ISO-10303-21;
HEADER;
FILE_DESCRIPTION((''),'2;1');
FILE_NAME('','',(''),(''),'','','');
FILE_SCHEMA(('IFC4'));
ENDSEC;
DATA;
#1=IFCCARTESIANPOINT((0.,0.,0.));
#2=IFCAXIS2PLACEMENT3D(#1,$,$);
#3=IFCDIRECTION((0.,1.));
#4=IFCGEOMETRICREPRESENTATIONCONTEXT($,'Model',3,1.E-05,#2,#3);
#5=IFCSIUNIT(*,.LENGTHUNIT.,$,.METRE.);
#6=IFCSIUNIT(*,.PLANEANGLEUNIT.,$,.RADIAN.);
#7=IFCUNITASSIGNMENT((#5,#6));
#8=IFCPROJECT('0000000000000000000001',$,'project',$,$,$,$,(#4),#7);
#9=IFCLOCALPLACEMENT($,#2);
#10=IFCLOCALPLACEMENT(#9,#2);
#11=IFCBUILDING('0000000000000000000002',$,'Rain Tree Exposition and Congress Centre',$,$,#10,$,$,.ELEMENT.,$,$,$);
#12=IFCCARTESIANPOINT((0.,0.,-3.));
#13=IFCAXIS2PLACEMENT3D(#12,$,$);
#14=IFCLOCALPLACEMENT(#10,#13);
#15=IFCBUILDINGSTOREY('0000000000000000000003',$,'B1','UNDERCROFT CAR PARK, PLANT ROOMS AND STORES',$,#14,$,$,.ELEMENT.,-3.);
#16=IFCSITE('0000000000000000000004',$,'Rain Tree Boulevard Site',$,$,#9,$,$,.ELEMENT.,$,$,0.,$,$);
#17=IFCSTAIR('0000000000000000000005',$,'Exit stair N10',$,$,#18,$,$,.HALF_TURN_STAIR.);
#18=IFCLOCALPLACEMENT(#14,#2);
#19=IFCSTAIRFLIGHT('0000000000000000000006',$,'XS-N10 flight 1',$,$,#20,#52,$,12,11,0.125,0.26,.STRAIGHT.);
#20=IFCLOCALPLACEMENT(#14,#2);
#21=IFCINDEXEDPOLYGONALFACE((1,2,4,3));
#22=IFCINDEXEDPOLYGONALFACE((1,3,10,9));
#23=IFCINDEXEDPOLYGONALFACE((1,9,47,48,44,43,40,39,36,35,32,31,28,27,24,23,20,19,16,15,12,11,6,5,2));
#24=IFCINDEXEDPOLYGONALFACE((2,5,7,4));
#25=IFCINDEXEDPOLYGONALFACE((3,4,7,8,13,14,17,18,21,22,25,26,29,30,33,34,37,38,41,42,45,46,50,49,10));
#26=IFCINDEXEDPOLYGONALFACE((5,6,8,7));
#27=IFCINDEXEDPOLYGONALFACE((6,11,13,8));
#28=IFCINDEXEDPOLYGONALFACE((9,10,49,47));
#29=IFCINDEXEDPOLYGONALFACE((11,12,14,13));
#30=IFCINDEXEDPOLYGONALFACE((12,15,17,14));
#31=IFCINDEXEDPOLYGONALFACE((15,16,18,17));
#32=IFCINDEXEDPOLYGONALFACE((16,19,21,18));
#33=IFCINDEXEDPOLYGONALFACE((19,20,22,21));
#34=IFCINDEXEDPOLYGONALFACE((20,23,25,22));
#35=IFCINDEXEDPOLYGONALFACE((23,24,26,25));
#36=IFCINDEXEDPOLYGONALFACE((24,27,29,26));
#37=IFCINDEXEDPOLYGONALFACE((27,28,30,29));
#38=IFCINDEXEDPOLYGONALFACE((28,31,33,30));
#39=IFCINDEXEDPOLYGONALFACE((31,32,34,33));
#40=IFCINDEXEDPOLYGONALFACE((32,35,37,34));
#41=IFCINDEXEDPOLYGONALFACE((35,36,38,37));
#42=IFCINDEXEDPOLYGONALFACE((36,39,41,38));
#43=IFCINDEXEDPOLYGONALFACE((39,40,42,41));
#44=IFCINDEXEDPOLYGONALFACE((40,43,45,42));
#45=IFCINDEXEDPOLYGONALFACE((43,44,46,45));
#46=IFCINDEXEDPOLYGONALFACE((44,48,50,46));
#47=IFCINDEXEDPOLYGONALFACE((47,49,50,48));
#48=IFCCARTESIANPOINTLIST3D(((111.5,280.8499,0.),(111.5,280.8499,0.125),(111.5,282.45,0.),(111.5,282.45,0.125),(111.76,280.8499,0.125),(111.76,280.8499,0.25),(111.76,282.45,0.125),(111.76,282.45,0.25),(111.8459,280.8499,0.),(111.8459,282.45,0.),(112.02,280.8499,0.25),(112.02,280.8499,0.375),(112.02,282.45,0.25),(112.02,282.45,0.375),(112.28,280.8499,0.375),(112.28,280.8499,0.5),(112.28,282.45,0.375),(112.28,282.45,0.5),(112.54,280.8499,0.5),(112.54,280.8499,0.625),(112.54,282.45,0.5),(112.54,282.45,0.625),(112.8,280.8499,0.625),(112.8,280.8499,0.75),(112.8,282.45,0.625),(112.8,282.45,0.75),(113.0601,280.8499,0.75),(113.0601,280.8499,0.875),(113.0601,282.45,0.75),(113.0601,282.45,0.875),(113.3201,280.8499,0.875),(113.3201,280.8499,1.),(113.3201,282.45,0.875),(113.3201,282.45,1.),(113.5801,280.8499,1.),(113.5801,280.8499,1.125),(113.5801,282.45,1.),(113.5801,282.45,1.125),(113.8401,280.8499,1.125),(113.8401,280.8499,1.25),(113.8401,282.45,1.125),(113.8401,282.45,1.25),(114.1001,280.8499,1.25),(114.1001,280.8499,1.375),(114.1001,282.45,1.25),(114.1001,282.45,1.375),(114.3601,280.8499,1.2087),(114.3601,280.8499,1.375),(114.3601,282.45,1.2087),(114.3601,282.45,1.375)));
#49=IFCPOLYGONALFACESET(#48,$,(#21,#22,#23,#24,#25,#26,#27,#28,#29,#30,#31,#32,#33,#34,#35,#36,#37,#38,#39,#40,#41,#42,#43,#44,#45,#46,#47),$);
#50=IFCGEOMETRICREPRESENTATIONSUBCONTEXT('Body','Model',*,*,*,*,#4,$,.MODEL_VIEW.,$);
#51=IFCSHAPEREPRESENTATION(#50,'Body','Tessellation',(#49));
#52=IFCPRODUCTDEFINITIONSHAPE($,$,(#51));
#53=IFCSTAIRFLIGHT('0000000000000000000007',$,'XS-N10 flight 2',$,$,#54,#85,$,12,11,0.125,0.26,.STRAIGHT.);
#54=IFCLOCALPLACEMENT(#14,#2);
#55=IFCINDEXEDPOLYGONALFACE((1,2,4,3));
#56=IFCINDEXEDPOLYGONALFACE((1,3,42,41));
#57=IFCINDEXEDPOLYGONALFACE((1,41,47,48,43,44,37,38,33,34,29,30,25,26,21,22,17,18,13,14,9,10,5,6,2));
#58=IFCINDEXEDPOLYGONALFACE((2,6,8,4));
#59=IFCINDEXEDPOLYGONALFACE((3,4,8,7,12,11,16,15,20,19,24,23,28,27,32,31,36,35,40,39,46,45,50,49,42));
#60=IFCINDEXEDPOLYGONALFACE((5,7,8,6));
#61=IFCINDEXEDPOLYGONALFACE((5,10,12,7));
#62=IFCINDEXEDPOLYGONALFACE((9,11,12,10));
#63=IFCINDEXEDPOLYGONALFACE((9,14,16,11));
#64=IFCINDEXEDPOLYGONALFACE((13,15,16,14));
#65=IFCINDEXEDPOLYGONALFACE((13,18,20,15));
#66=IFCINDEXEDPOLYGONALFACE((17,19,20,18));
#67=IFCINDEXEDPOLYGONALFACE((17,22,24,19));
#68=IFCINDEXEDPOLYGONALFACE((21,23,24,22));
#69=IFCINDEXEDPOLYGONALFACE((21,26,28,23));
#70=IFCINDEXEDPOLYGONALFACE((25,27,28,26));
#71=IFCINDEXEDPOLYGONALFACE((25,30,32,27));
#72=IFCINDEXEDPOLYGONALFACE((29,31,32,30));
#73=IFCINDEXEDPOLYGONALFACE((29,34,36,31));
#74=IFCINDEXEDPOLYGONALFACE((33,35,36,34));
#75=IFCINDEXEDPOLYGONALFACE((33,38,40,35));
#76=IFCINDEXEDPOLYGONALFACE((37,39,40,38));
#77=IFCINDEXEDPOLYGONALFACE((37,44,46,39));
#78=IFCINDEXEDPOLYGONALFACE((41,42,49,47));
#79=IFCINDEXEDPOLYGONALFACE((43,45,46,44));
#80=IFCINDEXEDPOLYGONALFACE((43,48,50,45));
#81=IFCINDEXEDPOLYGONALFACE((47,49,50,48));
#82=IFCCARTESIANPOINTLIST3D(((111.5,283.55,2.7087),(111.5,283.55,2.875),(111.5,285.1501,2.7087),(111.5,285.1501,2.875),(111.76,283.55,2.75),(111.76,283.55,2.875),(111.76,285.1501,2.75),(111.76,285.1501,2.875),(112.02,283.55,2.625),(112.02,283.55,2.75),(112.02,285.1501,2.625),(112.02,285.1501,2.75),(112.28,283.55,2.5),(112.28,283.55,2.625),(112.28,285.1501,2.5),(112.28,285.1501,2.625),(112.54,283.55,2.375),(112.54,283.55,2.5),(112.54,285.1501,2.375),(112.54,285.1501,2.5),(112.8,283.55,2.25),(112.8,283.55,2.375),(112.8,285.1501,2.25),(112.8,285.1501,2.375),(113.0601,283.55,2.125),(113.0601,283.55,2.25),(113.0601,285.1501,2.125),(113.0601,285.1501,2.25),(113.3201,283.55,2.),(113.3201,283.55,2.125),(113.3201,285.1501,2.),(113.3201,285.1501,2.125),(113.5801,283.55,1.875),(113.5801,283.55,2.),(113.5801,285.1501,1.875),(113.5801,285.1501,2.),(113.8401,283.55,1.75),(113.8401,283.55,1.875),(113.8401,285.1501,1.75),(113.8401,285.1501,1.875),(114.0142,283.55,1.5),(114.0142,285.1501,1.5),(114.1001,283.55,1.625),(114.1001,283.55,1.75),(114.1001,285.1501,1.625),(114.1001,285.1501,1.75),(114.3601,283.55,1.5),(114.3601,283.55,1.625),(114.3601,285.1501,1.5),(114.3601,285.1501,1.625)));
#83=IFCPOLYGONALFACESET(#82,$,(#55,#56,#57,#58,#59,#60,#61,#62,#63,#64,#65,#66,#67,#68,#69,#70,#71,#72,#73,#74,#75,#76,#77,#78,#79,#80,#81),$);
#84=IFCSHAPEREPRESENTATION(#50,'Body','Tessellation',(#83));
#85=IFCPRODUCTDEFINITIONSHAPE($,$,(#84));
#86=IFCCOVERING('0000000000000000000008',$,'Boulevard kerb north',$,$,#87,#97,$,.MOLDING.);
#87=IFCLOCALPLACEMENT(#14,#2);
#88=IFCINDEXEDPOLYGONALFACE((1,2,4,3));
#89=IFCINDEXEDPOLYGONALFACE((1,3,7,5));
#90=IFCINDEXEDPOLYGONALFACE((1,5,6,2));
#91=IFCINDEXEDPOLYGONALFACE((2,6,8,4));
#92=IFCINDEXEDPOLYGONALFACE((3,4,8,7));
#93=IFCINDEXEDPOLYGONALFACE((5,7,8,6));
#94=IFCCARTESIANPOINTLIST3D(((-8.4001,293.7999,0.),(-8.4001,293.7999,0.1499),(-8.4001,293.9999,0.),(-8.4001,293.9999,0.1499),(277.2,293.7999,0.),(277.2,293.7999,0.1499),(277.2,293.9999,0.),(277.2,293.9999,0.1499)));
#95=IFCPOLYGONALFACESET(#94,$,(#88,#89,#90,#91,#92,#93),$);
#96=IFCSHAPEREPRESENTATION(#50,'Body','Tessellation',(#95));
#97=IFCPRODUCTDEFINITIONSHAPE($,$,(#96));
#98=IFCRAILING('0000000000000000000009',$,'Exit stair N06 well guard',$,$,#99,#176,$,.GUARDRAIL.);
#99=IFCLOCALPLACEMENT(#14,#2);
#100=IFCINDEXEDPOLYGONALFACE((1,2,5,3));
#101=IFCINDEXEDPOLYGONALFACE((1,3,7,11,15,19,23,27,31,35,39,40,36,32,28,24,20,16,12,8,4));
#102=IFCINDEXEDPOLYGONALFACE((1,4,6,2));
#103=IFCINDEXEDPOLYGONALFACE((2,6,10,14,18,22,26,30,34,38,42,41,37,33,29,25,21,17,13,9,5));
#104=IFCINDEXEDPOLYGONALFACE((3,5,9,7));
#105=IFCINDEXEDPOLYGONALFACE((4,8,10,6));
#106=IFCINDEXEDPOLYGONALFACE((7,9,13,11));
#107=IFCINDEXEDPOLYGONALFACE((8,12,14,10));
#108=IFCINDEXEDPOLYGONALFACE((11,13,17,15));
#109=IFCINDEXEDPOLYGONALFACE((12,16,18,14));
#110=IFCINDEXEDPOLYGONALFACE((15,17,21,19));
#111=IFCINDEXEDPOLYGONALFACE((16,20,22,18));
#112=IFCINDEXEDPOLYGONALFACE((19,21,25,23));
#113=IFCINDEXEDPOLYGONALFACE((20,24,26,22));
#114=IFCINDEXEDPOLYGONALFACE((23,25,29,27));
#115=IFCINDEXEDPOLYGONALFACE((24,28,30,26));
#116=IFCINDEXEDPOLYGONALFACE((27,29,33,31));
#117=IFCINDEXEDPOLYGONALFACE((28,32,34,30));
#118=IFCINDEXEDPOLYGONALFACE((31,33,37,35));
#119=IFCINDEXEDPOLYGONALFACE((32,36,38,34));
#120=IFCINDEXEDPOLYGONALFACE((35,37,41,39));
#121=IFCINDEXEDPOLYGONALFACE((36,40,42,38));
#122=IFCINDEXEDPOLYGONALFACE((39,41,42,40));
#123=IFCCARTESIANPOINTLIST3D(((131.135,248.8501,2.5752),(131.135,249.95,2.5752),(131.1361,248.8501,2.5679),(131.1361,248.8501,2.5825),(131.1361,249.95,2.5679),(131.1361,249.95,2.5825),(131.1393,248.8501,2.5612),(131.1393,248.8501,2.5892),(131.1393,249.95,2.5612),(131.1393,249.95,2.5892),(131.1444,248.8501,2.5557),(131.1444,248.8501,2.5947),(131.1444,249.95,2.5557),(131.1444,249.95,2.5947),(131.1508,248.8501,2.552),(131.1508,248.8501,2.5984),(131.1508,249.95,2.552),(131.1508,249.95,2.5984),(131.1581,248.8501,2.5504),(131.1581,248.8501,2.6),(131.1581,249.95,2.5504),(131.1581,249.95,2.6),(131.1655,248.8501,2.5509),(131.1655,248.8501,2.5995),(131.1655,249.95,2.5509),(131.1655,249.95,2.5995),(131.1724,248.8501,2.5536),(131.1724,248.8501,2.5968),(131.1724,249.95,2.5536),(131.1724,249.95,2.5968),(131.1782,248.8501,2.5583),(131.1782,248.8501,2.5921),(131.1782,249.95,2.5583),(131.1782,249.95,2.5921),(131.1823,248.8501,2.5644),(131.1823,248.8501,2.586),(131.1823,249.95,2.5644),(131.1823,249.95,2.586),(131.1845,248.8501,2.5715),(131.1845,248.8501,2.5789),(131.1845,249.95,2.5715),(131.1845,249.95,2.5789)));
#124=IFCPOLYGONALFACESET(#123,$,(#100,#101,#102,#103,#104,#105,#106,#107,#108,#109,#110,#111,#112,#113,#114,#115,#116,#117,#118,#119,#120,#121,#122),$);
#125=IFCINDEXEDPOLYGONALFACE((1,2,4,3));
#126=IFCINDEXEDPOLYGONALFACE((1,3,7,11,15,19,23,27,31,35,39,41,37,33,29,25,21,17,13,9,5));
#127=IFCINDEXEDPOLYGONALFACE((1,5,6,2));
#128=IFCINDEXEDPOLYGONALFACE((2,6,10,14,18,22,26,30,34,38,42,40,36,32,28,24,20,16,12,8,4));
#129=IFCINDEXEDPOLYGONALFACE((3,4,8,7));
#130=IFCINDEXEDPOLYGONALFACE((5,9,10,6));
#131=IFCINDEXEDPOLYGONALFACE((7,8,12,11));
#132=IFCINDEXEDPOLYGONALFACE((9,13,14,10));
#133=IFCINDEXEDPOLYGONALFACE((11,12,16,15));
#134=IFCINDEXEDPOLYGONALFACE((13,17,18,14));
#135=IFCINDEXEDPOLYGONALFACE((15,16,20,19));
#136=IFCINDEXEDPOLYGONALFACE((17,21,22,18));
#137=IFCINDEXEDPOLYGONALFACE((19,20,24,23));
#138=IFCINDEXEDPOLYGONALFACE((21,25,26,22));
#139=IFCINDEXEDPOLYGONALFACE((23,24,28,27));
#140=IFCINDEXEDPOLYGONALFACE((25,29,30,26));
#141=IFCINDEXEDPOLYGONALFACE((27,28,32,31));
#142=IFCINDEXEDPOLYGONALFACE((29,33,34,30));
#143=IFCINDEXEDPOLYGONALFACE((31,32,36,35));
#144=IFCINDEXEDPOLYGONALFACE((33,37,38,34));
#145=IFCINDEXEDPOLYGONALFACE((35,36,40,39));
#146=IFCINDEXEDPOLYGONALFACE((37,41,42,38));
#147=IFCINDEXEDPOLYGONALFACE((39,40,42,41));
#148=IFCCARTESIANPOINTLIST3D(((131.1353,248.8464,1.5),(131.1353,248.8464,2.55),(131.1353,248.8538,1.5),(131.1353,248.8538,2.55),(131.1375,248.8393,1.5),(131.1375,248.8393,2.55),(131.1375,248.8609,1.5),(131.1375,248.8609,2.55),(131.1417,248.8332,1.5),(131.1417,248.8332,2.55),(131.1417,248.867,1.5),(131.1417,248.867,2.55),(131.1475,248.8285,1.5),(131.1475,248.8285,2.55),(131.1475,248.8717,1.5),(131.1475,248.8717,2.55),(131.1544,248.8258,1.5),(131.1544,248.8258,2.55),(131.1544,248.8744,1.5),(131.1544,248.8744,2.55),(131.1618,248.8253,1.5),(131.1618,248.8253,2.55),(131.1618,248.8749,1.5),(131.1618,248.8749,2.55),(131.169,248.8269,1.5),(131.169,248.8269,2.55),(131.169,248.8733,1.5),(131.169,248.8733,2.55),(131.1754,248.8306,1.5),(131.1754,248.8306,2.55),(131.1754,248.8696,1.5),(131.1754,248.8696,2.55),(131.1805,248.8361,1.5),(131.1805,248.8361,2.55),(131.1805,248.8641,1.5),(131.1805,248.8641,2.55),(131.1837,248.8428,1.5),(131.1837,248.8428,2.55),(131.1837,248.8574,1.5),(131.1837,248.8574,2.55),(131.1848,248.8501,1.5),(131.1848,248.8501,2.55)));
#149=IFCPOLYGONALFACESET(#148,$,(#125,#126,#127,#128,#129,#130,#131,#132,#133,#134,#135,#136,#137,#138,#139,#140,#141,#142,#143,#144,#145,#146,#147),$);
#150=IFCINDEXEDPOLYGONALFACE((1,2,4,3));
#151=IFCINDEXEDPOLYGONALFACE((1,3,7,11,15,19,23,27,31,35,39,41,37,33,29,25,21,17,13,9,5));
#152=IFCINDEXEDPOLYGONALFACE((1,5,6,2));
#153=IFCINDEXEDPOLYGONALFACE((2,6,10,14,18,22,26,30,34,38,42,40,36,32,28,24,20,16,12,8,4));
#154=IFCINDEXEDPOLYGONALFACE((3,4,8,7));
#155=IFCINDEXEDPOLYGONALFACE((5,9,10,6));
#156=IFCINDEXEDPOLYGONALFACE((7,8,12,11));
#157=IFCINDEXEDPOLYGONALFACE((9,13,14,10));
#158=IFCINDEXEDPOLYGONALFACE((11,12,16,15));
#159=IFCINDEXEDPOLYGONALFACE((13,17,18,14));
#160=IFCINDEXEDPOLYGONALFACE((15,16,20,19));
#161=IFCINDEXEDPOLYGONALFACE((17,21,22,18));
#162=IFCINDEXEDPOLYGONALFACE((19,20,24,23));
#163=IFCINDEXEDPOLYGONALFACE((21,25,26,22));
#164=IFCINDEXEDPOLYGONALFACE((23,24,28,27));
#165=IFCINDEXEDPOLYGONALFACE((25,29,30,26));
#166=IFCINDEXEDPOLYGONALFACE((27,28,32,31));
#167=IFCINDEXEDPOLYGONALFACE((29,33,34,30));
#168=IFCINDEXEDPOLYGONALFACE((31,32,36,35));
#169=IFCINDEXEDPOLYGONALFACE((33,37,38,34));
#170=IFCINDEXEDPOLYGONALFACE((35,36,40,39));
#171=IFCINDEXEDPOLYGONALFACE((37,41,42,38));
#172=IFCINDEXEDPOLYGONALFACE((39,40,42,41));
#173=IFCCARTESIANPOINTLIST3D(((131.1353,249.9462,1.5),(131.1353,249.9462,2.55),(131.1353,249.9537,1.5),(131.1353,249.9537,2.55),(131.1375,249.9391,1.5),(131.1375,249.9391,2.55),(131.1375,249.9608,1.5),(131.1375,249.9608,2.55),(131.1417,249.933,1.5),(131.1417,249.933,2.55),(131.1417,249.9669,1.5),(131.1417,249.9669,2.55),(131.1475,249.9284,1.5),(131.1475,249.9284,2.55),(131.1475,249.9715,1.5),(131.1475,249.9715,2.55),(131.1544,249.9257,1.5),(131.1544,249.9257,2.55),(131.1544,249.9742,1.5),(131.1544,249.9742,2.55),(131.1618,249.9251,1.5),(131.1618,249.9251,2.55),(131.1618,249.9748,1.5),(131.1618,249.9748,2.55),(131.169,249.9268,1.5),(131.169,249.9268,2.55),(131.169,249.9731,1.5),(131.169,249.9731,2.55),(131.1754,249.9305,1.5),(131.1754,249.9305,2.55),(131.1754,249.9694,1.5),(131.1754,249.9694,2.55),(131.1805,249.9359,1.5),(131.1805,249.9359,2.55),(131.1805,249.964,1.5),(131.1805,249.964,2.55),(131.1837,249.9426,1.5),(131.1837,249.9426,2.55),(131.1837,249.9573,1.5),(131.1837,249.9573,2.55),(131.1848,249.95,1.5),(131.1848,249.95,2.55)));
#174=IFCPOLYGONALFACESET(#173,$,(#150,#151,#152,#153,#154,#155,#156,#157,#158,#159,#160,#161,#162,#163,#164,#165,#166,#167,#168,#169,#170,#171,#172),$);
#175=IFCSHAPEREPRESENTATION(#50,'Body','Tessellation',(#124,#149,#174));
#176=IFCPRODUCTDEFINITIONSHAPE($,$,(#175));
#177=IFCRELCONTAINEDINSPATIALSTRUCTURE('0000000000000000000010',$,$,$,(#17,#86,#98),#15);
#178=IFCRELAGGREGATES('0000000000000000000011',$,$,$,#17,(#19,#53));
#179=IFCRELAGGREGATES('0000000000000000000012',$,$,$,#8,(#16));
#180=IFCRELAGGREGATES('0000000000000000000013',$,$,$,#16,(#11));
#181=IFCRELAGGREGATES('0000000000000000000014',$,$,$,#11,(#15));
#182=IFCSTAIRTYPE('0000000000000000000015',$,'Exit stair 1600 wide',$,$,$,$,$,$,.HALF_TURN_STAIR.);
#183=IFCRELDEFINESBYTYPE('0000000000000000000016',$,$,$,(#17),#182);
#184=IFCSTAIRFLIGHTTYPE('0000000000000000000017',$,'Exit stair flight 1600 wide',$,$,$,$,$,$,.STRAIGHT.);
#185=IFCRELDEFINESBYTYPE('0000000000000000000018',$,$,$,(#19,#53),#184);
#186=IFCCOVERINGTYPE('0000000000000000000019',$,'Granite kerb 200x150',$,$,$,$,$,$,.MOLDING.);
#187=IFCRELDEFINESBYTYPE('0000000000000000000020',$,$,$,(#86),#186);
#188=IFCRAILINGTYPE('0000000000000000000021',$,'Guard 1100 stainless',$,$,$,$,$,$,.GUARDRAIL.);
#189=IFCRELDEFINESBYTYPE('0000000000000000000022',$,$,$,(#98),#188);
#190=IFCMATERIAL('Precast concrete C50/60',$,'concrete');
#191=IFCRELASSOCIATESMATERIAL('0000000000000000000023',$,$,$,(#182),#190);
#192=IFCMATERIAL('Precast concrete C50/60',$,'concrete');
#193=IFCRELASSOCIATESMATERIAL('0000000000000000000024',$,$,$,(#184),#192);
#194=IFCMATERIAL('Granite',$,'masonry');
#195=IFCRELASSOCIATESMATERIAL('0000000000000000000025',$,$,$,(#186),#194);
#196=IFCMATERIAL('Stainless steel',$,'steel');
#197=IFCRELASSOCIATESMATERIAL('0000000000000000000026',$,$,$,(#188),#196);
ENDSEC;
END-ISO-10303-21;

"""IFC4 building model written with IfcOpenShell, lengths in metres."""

from ifc_helpers import new_model, si_unit, direction, frame, origin, origin_2d, place, context, subcontext, project, spatial, polyline, rectangle, circle, outline, extrude, material, type_object, element, aggregate, save


model = new_model("IFC4")

# Units and contexts
model_context = context("Model", 3, precision=1e-05, world=origin(), true_north=direction((0.0, 1.0)))
body_context = subcontext(model_context, "Body", "Model", "MODEL_VIEW")
ifc_project = project(units=[si_unit("LENGTHUNIT", "METRE"), si_unit("PLANEANGLEUNIT", "RADIAN")], contexts=[model_context])

# Site, building, storey
site_placement = place(None, origin())
site = spatial("IfcSite", under=ifc_project, at=site_placement, Name="Rain Tree Boulevard Site", CompositionType="ELEMENT", RefElevation=0.0)
building_placement = place(site_placement, origin())
building = spatial("IfcBuilding", under=site, at=building_placement, Name="Rain Tree Exposition and Congress Centre", CompositionType="ELEMENT")
storey_placement = place(building_placement, frame((0.0, 0.0, -3.0)))
storey = spatial("IfcBuildingStorey", under=building, at=storey_placement, Name="B1", Description="UNDERCROFT CAR PARK, PLANT ROOMS AND STORES", CompositionType="ELEMENT", Elevation=-3.0)

# Shared definitions
ifc_material_1 = material(Name="Precast concrete C50/60", Category="concrete")
stair_type = type_object("IfcStairType", Name="Exit stair 1600 wide", PredefinedType="HALF_TURN_STAIR", material=ifc_material_1)
ifc_material_2 = material(Name="Precast concrete C50/60", Category="concrete")
stair_flight_type = type_object("IfcStairFlightType", Name="Exit stair flight 1600 wide", PredefinedType="STRAIGHT", material=ifc_material_2)

# Stair, stair flights
stair_1_placement = place(storey_placement, origin())
stair_1 = element("IfcStair", 1, at=stair_1_placement, inside=storey, type_object=stair_type, Name="Exit stair N10", PredefinedType="HALF_TURN_STAIR")
stair_flight_1_placement = place(storey_placement, frame((111.5, 281.6499, 0.0), z_axis=(0.0, 0.0, 1.0), x_axis=(1.0, 0.0, 0.0)))
stair_flight_1 = element("IfcStairFlight", 2, at=stair_flight_1_placement, type_object=stair_flight_type, Name="XS-N10 flight 1", NumberOfRisers=12, NumberOfTreads=11, PredefinedType="STRAIGHT", RiserHeight=0.125, TreadLength=0.26, context=body_context, shape_type="SweptSolid", body=[
    extrude(outline(polyline([(0.0, 0.0), (0.0, 0.125), (0.26, 0.125), (0.26, 0.25), (0.52, 0.25), (0.52, 0.375), (0.78, 0.375), (0.78, 0.5), (1.04, 0.5), (1.04, 0.625), (1.3, 0.625), (1.3, 0.75), (1.5601, 0.75), (1.5601, 0.875), (1.8201, 0.875), (1.8201, 1.0), (2.0801, 1.0), (2.0801, 1.125), (2.3401, 1.125), (2.3401, 1.25), (2.6001, 1.25), (2.6001, 1.375), (2.8601, 1.375), (2.8601, 1.5), (2.8601, 1.2087), (0.3459, 0.0), (0.0, 0.0)])), frame((0.0, 0.8, 0.0), z_axis=(0.0, -1.0, 0.0), x_axis=(1.0, 0.0, 0.0)), (0.0, 0.0, 1.0), 1.6001),
])
stair_flight_2_placement = place(storey_placement, frame((114.3601, 284.3501, 1.5), z_axis=(0.0, 0.0, 1.0), x_axis=(-1.0, 0.0, 0.0)))
stair_flight_2 = element("IfcStairFlight", 3, at=stair_flight_2_placement, type_object=stair_flight_type, Name="XS-N10 flight 2", NumberOfRisers=12, NumberOfTreads=11, PredefinedType="STRAIGHT", RiserHeight=0.125, TreadLength=0.26, context=body_context, shape_type="SweptSolid", body=[
    extrude(outline(polyline([(0.0, 0.0), (0.0, 0.125), (0.26, 0.125), (0.26, 0.25), (0.52, 0.25), (0.52, 0.375), (0.78, 0.375), (0.78, 0.5), (1.04, 0.5), (1.04, 0.625), (1.3, 0.625), (1.3, 0.75), (1.5601, 0.75), (1.5601, 0.875), (1.8201, 0.875), (1.8201, 1.0), (2.0801, 1.0), (2.0801, 1.125), (2.3401, 1.125), (2.3401, 1.25), (2.6001, 1.25), (2.6001, 1.375), (2.8601, 1.375), (2.8601, 1.5), (2.8601, 1.2087), (0.3459, 0.0), (0.0, 0.0)])), frame((0.0, 0.8, 0.0), z_axis=(0.0, -1.0, 0.0), x_axis=(1.0, 0.0, 0.0)), (0.0, 0.0, 1.0), 1.6001),
])
aggregate(stair_1, [stair_flight_1, stair_flight_2])

# Covering
ifc_material_3 = material(Name="Granite", Category="masonry")
covering_type = type_object("IfcCoveringType", Name="Granite kerb 200x150", PredefinedType="MOLDING", material=ifc_material_3)
covering_placement = place(storey_placement, frame((134.3999, 293.8999, 0.0), z_axis=(0.0, 0.0, 1.0), x_axis=(1.0, 0.0, 0.0)))
element("IfcCovering", 4, at=covering_placement, inside=storey, type_object=covering_type, Name="Boulevard kerb north", PredefinedType="MOLDING", context=body_context, shape_type="SweptSolid", body=[
    extrude(rectangle(XDim=285.6001, YDim=0.2, at=origin_2d()), origin(), (0.0, 0.0, 1.0), 0.1499),
])

# Railing
ifc_material_4 = material(Name="Stainless steel", Category="steel")
railing_type = type_object("IfcRailingType", Name="Guard 1100 stainless", PredefinedType="GUARDRAIL", material=ifc_material_4)
railing_1_placement = place(storey_placement, frame((131.1599, 248.8501, 1.5)))
element("IfcRailing", 5, at=railing_1_placement, inside=storey, type_object=railing_type, Name="Exit stair N06 well guard", PredefinedType="GUARDRAIL", context=body_context, shape_type="SweptSolid", body=[
    extrude(circle(Radius=0.0249, at=origin_2d()), frame((0.0, 0.0, 1.0752), z_axis=(0.0, 1.0, 0.0), x_axis=(-1.0, 0.0, 0.0)), (0.0, 0.0, 1.0), 1.0999),
    extrude(circle(Radius=0.0249, at=origin_2d()), origin(), (0.0, 0.0, 1.0), 1.05),
    extrude(circle(Radius=0.0249, at=origin_2d()), frame((0.0, 1.0999, 0.0)), (0.0, 0.0, 1.0), 1.05),
])

save(model, "model.ifc")
